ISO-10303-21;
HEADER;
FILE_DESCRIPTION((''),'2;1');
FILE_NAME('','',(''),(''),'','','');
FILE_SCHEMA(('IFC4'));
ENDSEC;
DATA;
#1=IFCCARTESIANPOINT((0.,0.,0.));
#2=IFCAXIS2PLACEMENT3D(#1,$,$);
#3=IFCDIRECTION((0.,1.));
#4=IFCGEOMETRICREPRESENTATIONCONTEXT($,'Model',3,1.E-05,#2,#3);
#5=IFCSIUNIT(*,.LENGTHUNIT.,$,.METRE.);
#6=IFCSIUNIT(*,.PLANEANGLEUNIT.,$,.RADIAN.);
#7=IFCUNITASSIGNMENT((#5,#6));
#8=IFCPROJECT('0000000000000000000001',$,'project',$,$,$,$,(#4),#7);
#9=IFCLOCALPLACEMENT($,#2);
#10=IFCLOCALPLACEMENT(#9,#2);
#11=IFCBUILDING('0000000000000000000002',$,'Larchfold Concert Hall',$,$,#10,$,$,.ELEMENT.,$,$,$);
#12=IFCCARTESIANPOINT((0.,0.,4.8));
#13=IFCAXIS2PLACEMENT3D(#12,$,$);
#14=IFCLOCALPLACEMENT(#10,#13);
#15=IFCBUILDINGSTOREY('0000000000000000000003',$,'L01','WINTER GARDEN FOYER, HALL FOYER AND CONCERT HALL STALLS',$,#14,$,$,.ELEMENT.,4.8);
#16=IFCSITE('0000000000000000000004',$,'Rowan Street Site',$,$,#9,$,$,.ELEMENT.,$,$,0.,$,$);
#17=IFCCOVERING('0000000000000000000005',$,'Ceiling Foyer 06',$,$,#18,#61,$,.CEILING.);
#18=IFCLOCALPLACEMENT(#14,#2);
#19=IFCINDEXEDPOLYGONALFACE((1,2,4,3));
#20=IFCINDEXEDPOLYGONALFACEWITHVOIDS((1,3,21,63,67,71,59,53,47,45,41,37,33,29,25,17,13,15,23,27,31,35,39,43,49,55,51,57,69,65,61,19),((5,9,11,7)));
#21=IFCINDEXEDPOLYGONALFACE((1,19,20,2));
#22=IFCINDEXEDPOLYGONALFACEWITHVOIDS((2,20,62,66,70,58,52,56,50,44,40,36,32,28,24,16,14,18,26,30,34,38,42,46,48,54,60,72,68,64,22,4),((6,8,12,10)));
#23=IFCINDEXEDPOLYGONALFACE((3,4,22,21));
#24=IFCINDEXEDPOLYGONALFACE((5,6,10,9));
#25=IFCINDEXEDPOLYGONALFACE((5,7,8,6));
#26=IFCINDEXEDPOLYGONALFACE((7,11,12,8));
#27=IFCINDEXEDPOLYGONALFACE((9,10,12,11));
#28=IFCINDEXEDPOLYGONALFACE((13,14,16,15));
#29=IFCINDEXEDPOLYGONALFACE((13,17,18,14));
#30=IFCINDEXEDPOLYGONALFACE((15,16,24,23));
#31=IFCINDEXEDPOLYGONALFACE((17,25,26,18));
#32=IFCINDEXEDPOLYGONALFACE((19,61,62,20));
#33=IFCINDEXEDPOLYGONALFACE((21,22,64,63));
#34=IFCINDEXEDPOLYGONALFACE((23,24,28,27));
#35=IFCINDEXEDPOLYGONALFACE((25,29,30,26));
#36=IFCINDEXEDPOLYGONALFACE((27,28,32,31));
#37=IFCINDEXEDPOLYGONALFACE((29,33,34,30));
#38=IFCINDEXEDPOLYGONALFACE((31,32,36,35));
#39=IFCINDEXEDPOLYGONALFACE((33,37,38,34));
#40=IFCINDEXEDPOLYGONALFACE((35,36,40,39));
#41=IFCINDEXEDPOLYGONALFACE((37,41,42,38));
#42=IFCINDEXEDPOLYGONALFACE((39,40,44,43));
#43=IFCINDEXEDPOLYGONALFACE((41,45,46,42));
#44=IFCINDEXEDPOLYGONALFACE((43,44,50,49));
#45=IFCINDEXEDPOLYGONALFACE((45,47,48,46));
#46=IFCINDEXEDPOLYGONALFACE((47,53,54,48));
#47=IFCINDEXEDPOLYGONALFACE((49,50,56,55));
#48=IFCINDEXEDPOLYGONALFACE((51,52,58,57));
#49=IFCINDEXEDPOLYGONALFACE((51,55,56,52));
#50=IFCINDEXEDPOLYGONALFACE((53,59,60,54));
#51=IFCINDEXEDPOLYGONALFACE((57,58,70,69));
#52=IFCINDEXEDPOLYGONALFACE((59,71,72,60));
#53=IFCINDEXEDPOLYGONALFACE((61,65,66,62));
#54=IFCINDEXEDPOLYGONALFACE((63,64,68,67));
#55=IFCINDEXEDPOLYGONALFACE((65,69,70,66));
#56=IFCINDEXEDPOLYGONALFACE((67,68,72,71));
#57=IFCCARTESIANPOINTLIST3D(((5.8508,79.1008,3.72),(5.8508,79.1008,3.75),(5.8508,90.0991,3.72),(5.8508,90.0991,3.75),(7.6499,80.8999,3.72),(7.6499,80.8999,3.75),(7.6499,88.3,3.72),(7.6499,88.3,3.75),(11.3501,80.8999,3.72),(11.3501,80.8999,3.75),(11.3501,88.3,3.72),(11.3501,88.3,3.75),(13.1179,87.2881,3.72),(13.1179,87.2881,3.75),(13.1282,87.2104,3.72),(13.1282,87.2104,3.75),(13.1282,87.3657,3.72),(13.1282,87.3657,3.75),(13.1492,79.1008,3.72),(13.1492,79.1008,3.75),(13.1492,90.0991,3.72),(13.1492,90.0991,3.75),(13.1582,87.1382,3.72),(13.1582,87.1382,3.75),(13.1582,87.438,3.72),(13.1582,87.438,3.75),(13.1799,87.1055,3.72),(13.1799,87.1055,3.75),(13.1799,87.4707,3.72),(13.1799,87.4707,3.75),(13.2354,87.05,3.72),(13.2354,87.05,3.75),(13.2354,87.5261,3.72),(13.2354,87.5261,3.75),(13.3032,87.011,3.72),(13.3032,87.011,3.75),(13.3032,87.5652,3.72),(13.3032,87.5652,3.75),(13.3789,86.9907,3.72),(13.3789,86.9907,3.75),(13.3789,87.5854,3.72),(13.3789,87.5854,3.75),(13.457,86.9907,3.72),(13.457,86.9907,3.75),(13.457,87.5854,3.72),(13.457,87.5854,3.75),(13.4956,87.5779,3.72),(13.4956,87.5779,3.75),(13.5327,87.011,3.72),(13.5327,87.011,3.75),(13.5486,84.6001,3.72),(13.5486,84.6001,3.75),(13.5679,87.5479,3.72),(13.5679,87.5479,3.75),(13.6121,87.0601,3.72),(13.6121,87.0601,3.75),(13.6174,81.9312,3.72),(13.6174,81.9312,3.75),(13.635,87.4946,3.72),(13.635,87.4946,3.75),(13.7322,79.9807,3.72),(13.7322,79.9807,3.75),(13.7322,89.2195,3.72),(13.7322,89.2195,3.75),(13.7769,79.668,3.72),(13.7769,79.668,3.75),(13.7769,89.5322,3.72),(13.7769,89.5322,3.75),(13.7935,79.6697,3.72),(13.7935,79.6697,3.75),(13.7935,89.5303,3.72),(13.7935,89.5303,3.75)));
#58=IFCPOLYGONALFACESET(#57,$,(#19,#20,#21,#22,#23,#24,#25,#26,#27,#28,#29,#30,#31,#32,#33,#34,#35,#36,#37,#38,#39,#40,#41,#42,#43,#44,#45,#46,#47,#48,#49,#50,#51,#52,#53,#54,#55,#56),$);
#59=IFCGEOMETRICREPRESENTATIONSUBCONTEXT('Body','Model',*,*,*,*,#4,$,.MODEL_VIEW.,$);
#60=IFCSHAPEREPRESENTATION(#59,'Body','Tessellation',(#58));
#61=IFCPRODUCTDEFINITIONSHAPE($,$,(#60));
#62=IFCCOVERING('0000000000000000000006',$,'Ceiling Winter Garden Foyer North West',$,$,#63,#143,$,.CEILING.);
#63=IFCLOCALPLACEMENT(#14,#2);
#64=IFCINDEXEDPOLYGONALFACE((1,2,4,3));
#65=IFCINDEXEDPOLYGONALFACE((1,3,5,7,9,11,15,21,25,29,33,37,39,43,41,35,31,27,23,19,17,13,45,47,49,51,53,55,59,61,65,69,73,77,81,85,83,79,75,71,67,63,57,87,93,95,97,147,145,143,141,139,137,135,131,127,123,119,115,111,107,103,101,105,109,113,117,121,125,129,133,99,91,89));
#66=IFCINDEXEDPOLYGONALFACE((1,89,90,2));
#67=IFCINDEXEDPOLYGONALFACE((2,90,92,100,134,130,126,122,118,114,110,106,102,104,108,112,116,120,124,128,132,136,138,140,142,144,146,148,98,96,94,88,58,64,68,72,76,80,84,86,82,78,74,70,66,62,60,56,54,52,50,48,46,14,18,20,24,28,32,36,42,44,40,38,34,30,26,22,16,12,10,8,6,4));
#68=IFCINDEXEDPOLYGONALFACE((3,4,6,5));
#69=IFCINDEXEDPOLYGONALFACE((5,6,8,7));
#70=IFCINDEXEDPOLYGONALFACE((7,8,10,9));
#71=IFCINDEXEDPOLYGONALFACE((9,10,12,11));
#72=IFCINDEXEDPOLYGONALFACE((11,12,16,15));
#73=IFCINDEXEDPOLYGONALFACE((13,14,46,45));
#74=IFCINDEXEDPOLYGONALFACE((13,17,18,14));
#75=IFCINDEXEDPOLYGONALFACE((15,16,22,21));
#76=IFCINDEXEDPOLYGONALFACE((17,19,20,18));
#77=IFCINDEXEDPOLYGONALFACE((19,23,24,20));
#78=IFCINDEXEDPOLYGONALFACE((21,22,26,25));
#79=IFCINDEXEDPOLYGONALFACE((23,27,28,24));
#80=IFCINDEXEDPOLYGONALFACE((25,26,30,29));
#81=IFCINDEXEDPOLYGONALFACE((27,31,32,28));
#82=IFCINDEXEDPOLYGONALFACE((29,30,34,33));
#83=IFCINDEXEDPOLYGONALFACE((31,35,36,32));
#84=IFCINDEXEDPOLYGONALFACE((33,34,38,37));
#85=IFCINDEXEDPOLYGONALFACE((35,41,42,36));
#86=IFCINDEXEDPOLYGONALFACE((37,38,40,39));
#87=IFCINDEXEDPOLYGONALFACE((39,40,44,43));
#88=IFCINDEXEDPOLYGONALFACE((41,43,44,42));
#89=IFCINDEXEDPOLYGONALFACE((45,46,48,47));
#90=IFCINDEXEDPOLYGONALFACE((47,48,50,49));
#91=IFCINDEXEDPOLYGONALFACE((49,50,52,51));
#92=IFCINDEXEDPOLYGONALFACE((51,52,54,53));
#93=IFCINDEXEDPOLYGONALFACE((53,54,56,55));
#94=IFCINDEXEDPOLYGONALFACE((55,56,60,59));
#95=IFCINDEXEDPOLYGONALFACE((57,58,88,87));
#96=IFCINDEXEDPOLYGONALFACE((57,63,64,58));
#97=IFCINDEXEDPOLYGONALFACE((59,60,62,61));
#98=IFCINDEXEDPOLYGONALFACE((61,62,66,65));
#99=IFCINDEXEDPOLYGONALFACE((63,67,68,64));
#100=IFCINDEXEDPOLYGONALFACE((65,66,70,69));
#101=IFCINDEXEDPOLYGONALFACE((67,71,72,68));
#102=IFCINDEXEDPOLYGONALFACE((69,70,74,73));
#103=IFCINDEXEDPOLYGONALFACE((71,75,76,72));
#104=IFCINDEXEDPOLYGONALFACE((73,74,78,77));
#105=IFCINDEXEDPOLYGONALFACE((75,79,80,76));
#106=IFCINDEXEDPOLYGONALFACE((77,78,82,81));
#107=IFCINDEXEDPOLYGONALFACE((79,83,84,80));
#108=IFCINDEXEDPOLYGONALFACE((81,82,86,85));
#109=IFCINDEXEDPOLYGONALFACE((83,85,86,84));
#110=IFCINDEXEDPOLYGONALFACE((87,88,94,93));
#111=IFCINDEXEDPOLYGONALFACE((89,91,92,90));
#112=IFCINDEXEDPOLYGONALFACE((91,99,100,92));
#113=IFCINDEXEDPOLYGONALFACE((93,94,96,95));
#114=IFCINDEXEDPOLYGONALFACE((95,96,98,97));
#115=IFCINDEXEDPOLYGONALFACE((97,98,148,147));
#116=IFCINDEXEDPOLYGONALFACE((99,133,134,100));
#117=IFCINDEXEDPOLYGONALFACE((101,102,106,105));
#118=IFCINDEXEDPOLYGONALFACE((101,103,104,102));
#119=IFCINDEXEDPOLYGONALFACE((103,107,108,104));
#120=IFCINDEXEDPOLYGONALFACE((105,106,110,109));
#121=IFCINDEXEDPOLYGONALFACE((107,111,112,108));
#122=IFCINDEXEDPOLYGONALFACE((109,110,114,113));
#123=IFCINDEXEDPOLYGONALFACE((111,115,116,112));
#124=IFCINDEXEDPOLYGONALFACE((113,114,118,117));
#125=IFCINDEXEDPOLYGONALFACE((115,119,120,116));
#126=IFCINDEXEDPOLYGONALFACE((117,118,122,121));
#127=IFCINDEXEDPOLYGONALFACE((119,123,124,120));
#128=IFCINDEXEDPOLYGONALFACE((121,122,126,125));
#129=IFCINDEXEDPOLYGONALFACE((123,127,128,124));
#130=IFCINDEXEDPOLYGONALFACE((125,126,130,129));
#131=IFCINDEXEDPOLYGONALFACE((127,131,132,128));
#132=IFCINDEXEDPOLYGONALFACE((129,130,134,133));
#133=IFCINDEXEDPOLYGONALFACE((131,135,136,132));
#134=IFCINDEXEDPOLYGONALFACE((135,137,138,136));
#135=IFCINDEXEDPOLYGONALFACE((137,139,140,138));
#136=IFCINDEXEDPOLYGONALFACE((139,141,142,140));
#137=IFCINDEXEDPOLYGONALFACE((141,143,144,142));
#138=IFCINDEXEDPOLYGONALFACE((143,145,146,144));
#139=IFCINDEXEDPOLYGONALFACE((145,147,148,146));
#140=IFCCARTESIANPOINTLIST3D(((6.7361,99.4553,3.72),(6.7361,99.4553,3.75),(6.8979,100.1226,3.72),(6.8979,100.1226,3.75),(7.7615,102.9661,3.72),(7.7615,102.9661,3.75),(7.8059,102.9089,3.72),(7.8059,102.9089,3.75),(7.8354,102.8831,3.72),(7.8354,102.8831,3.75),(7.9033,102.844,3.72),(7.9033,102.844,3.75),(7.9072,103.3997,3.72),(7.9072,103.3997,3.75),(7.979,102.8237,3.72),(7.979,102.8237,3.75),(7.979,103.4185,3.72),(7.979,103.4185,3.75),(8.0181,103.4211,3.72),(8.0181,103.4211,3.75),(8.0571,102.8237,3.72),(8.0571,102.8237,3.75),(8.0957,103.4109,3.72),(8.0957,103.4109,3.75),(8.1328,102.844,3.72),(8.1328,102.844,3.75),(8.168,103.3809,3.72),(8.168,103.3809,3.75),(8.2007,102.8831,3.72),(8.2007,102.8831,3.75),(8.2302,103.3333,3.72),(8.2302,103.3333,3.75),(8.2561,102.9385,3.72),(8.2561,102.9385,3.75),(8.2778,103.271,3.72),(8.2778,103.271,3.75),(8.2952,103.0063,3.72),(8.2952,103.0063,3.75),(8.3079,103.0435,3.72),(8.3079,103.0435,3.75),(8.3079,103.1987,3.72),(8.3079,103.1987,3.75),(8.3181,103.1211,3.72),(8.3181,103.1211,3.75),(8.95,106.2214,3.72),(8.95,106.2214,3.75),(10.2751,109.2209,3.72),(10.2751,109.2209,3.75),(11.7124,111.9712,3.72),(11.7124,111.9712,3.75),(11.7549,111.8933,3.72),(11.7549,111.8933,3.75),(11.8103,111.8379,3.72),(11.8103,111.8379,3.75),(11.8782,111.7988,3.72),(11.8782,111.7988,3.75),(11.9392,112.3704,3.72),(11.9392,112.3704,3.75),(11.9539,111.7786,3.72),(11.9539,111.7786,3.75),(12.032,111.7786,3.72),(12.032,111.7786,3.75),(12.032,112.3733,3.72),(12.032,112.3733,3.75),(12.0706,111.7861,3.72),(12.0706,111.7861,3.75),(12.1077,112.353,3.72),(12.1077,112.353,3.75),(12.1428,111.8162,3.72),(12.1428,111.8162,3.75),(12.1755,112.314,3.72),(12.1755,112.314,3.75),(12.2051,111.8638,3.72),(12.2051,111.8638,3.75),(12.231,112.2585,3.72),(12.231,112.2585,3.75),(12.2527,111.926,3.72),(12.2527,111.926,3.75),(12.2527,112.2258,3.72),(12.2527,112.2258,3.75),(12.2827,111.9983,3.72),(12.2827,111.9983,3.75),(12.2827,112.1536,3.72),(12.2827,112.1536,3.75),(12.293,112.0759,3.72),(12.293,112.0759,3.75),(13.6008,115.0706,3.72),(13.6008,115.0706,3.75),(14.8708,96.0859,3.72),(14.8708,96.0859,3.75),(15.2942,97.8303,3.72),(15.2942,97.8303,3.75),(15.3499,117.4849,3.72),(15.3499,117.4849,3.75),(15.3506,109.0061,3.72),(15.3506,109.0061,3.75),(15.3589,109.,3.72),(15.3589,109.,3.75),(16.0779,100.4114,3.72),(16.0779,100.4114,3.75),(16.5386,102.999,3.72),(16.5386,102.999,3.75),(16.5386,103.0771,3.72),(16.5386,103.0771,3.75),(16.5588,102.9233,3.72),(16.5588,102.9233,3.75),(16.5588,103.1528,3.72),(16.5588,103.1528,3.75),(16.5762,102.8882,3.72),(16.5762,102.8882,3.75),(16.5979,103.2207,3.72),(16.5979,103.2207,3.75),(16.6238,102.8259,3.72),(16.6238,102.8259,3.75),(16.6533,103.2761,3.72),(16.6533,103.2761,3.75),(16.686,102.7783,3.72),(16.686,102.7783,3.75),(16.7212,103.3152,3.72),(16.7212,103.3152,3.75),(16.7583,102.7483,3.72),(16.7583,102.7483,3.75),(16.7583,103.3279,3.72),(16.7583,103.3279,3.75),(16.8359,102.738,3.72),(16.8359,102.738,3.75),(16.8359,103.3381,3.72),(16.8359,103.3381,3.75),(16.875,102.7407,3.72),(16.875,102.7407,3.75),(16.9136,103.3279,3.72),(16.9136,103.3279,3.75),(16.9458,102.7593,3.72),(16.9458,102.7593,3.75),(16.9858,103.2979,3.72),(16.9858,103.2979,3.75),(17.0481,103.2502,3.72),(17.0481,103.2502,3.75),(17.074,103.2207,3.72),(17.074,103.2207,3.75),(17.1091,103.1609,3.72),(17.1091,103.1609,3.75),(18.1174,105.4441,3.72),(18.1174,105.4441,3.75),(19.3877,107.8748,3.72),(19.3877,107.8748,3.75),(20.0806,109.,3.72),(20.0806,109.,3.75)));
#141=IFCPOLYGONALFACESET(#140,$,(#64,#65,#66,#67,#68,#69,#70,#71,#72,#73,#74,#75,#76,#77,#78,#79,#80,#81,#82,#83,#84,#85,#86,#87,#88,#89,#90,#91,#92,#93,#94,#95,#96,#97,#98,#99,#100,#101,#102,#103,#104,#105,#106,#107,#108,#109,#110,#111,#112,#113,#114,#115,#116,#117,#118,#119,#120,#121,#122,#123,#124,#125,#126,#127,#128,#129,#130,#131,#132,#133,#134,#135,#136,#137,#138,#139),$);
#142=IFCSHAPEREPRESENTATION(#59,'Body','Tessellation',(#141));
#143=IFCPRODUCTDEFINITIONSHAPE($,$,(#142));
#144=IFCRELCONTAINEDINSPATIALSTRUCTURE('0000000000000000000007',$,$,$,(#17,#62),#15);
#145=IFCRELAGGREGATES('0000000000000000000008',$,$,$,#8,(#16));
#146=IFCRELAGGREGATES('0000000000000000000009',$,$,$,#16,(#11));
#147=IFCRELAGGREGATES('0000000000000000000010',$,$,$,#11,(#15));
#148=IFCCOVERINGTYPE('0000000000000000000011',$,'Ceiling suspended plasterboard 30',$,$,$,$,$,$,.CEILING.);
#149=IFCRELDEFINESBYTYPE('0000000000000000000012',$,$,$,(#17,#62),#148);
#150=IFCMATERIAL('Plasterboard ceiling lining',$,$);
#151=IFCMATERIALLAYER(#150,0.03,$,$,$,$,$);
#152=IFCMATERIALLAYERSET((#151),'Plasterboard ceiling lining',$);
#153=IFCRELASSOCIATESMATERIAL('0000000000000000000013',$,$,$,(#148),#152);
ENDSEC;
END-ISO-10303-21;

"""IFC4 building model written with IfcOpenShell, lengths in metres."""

from ifc_helpers import new_model, si_unit, direction, frame, origin, place, context, subcontext, project, spatial, polyline, outline, extrude, material, layer, layer_set, type_object, element, save


model = new_model("IFC4")

# Units and contexts
model_context = context("Model", 3, precision=1e-05, world=origin(), true_north=direction((0.0, 1.0)))
body_context = subcontext(model_context, "Body", "Model", "MODEL_VIEW")
ifc_project = project(units=[si_unit("LENGTHUNIT", "METRE"), si_unit("PLANEANGLEUNIT", "RADIAN")], contexts=[model_context])

# Site, building, storey
site_placement = place(None, origin())
site = spatial("IfcSite", under=ifc_project, at=site_placement, Name="Rowan Street Site", CompositionType="ELEMENT", RefElevation=0.0)
building_placement = place(site_placement, origin())
building = spatial("IfcBuilding", under=site, at=building_placement, Name="Larchfold Concert Hall", CompositionType="ELEMENT")
storey_placement = place(building_placement, frame((0.0, 0.0, 4.8)))
storey = spatial("IfcBuildingStorey", under=building, at=storey_placement, Name="L01", Description="WINTER GARDEN FOYER, HALL FOYER AND CONCERT HALL STALLS", CompositionType="ELEMENT", Elevation=4.8)

# Coverings
ifc_material_1 = material(Name="Plasterboard ceiling lining")
ifc_layer_1 = layer(ifc_material_1, 0.03)
ifc_layer_set_1 = layer_set([ifc_layer_1], Name="Plasterboard ceiling lining")
covering_type_1 = type_object("IfcCoveringType", Name="Ceiling suspended plasterboard 30", PredefinedType="CEILING", material=ifc_layer_set_1)
covering_1_placement = place(storey_placement, frame((0.0, 0.0, 3.72)))
element("IfcCovering", 1, at=covering_1_placement, inside=storey, type_object=covering_type_1, Name="Ceiling Foyer 06", PredefinedType="CEILING", context=body_context, shape_type="SweptSolid", body=[
    extrude(outline(polyline([(13.1492, 90.0991), (5.8508, 90.0991), (5.8508, 79.1008), (13.1492, 79.1008), (13.7322, 79.9807), (13.7769, 79.668), (13.7935, 79.6697), (13.6174, 81.9312), (13.5486, 84.6001), (13.6121, 87.0601), (13.5327, 87.011), (13.457, 86.9907), (13.3789, 86.9907), (13.3032, 87.011), (13.2354, 87.05), (13.1799, 87.1055), (13.1582, 87.1382), (13.1282, 87.2104), (13.1179, 87.2881), (13.1282, 87.3657), (13.1582, 87.438), (13.1799, 87.4707), (13.2354, 87.5261), (13.3032, 87.5652), (13.3789, 87.5854), (13.457, 87.5854), (13.4956, 87.5779), (13.5679, 87.5479), (13.635, 87.4946), (13.7935, 89.5303), (13.7769, 89.5322), (13.7322, 89.2195), (13.1492, 90.0991)]), holes=[polyline([(7.6499, 88.3), (11.3501, 88.3), (11.3501, 80.8999), (7.6499, 80.8999), (7.6499, 88.3)])]), origin(), (0.0, 0.0, 1.0), 0.03),
])
covering_2_placement = place(storey_placement, frame((0.0, 0.0, 3.72)))
element("IfcCovering", 2, at=covering_2_placement, inside=storey, type_object=covering_type_1, Name="Ceiling Winter Garden Foyer North West", PredefinedType="CEILING", context=body_context, shape_type="SweptSolid", body=[
    extrude(outline(polyline([(6.8979, 100.1226), (6.7361, 99.4553), (14.8708, 96.0859), (15.2942, 97.8303), (16.0779, 100.4114), (16.9458, 102.7593), (16.875, 102.7407), (16.8359, 102.738), (16.7583, 102.7483), (16.686, 102.7783), (16.6238, 102.8259), (16.5762, 102.8882), (16.5588, 102.9233), (16.5386, 102.999), (16.5386, 103.0771), (16.5588, 103.1528), (16.5979, 103.2207), (16.6533, 103.2761), (16.7212, 103.3152), (16.7583, 103.3279), (16.8359, 103.3381), (16.9136, 103.3279), (16.9858, 103.2979), (17.0481, 103.2502), (17.074, 103.2207), (17.1091, 103.1609), (18.1174, 105.4441), (19.3877, 107.8748), (20.0806, 109.0), (15.3589, 109.0), (15.3506, 109.0061), (15.3499, 117.4849), (13.6008, 115.0706), (11.9392, 112.3704), (12.032, 112.3733), (12.1077, 112.353), (12.1755, 112.314), (12.231, 112.2585), (12.2527, 112.2258), (12.2827, 112.1536), (12.293, 112.0759), (12.2827, 111.9983), (12.2527, 111.926), (12.2051, 111.8638), (12.1428, 111.8162), (12.0706, 111.7861), (12.032, 111.7786), (11.9539, 111.7786), (11.8782, 111.7988), (11.8103, 111.8379), (11.7549, 111.8933), (11.7124, 111.9712), (10.2751, 109.2209), (8.95, 106.2214), (7.9072, 103.3997), (7.979, 103.4185), (8.0181, 103.4211), (8.0957, 103.4109), (8.168, 103.3809), (8.2302, 103.3333), (8.2778, 103.271), (8.3079, 103.1987), (8.3181, 103.1211), (8.3079, 103.0435), (8.2952, 103.0063), (8.2561, 102.9385), (8.2007, 102.8831), (8.1328, 102.844), (8.0571, 102.8237), (7.979, 102.8237), (7.9033, 102.844), (7.8354, 102.8831), (7.8059, 102.9089), (7.7615, 102.9661), (6.8979, 100.1226)])), origin(), (0.0, 0.0, 1.0), 0.03),
])

save(model, "model.ifc")
